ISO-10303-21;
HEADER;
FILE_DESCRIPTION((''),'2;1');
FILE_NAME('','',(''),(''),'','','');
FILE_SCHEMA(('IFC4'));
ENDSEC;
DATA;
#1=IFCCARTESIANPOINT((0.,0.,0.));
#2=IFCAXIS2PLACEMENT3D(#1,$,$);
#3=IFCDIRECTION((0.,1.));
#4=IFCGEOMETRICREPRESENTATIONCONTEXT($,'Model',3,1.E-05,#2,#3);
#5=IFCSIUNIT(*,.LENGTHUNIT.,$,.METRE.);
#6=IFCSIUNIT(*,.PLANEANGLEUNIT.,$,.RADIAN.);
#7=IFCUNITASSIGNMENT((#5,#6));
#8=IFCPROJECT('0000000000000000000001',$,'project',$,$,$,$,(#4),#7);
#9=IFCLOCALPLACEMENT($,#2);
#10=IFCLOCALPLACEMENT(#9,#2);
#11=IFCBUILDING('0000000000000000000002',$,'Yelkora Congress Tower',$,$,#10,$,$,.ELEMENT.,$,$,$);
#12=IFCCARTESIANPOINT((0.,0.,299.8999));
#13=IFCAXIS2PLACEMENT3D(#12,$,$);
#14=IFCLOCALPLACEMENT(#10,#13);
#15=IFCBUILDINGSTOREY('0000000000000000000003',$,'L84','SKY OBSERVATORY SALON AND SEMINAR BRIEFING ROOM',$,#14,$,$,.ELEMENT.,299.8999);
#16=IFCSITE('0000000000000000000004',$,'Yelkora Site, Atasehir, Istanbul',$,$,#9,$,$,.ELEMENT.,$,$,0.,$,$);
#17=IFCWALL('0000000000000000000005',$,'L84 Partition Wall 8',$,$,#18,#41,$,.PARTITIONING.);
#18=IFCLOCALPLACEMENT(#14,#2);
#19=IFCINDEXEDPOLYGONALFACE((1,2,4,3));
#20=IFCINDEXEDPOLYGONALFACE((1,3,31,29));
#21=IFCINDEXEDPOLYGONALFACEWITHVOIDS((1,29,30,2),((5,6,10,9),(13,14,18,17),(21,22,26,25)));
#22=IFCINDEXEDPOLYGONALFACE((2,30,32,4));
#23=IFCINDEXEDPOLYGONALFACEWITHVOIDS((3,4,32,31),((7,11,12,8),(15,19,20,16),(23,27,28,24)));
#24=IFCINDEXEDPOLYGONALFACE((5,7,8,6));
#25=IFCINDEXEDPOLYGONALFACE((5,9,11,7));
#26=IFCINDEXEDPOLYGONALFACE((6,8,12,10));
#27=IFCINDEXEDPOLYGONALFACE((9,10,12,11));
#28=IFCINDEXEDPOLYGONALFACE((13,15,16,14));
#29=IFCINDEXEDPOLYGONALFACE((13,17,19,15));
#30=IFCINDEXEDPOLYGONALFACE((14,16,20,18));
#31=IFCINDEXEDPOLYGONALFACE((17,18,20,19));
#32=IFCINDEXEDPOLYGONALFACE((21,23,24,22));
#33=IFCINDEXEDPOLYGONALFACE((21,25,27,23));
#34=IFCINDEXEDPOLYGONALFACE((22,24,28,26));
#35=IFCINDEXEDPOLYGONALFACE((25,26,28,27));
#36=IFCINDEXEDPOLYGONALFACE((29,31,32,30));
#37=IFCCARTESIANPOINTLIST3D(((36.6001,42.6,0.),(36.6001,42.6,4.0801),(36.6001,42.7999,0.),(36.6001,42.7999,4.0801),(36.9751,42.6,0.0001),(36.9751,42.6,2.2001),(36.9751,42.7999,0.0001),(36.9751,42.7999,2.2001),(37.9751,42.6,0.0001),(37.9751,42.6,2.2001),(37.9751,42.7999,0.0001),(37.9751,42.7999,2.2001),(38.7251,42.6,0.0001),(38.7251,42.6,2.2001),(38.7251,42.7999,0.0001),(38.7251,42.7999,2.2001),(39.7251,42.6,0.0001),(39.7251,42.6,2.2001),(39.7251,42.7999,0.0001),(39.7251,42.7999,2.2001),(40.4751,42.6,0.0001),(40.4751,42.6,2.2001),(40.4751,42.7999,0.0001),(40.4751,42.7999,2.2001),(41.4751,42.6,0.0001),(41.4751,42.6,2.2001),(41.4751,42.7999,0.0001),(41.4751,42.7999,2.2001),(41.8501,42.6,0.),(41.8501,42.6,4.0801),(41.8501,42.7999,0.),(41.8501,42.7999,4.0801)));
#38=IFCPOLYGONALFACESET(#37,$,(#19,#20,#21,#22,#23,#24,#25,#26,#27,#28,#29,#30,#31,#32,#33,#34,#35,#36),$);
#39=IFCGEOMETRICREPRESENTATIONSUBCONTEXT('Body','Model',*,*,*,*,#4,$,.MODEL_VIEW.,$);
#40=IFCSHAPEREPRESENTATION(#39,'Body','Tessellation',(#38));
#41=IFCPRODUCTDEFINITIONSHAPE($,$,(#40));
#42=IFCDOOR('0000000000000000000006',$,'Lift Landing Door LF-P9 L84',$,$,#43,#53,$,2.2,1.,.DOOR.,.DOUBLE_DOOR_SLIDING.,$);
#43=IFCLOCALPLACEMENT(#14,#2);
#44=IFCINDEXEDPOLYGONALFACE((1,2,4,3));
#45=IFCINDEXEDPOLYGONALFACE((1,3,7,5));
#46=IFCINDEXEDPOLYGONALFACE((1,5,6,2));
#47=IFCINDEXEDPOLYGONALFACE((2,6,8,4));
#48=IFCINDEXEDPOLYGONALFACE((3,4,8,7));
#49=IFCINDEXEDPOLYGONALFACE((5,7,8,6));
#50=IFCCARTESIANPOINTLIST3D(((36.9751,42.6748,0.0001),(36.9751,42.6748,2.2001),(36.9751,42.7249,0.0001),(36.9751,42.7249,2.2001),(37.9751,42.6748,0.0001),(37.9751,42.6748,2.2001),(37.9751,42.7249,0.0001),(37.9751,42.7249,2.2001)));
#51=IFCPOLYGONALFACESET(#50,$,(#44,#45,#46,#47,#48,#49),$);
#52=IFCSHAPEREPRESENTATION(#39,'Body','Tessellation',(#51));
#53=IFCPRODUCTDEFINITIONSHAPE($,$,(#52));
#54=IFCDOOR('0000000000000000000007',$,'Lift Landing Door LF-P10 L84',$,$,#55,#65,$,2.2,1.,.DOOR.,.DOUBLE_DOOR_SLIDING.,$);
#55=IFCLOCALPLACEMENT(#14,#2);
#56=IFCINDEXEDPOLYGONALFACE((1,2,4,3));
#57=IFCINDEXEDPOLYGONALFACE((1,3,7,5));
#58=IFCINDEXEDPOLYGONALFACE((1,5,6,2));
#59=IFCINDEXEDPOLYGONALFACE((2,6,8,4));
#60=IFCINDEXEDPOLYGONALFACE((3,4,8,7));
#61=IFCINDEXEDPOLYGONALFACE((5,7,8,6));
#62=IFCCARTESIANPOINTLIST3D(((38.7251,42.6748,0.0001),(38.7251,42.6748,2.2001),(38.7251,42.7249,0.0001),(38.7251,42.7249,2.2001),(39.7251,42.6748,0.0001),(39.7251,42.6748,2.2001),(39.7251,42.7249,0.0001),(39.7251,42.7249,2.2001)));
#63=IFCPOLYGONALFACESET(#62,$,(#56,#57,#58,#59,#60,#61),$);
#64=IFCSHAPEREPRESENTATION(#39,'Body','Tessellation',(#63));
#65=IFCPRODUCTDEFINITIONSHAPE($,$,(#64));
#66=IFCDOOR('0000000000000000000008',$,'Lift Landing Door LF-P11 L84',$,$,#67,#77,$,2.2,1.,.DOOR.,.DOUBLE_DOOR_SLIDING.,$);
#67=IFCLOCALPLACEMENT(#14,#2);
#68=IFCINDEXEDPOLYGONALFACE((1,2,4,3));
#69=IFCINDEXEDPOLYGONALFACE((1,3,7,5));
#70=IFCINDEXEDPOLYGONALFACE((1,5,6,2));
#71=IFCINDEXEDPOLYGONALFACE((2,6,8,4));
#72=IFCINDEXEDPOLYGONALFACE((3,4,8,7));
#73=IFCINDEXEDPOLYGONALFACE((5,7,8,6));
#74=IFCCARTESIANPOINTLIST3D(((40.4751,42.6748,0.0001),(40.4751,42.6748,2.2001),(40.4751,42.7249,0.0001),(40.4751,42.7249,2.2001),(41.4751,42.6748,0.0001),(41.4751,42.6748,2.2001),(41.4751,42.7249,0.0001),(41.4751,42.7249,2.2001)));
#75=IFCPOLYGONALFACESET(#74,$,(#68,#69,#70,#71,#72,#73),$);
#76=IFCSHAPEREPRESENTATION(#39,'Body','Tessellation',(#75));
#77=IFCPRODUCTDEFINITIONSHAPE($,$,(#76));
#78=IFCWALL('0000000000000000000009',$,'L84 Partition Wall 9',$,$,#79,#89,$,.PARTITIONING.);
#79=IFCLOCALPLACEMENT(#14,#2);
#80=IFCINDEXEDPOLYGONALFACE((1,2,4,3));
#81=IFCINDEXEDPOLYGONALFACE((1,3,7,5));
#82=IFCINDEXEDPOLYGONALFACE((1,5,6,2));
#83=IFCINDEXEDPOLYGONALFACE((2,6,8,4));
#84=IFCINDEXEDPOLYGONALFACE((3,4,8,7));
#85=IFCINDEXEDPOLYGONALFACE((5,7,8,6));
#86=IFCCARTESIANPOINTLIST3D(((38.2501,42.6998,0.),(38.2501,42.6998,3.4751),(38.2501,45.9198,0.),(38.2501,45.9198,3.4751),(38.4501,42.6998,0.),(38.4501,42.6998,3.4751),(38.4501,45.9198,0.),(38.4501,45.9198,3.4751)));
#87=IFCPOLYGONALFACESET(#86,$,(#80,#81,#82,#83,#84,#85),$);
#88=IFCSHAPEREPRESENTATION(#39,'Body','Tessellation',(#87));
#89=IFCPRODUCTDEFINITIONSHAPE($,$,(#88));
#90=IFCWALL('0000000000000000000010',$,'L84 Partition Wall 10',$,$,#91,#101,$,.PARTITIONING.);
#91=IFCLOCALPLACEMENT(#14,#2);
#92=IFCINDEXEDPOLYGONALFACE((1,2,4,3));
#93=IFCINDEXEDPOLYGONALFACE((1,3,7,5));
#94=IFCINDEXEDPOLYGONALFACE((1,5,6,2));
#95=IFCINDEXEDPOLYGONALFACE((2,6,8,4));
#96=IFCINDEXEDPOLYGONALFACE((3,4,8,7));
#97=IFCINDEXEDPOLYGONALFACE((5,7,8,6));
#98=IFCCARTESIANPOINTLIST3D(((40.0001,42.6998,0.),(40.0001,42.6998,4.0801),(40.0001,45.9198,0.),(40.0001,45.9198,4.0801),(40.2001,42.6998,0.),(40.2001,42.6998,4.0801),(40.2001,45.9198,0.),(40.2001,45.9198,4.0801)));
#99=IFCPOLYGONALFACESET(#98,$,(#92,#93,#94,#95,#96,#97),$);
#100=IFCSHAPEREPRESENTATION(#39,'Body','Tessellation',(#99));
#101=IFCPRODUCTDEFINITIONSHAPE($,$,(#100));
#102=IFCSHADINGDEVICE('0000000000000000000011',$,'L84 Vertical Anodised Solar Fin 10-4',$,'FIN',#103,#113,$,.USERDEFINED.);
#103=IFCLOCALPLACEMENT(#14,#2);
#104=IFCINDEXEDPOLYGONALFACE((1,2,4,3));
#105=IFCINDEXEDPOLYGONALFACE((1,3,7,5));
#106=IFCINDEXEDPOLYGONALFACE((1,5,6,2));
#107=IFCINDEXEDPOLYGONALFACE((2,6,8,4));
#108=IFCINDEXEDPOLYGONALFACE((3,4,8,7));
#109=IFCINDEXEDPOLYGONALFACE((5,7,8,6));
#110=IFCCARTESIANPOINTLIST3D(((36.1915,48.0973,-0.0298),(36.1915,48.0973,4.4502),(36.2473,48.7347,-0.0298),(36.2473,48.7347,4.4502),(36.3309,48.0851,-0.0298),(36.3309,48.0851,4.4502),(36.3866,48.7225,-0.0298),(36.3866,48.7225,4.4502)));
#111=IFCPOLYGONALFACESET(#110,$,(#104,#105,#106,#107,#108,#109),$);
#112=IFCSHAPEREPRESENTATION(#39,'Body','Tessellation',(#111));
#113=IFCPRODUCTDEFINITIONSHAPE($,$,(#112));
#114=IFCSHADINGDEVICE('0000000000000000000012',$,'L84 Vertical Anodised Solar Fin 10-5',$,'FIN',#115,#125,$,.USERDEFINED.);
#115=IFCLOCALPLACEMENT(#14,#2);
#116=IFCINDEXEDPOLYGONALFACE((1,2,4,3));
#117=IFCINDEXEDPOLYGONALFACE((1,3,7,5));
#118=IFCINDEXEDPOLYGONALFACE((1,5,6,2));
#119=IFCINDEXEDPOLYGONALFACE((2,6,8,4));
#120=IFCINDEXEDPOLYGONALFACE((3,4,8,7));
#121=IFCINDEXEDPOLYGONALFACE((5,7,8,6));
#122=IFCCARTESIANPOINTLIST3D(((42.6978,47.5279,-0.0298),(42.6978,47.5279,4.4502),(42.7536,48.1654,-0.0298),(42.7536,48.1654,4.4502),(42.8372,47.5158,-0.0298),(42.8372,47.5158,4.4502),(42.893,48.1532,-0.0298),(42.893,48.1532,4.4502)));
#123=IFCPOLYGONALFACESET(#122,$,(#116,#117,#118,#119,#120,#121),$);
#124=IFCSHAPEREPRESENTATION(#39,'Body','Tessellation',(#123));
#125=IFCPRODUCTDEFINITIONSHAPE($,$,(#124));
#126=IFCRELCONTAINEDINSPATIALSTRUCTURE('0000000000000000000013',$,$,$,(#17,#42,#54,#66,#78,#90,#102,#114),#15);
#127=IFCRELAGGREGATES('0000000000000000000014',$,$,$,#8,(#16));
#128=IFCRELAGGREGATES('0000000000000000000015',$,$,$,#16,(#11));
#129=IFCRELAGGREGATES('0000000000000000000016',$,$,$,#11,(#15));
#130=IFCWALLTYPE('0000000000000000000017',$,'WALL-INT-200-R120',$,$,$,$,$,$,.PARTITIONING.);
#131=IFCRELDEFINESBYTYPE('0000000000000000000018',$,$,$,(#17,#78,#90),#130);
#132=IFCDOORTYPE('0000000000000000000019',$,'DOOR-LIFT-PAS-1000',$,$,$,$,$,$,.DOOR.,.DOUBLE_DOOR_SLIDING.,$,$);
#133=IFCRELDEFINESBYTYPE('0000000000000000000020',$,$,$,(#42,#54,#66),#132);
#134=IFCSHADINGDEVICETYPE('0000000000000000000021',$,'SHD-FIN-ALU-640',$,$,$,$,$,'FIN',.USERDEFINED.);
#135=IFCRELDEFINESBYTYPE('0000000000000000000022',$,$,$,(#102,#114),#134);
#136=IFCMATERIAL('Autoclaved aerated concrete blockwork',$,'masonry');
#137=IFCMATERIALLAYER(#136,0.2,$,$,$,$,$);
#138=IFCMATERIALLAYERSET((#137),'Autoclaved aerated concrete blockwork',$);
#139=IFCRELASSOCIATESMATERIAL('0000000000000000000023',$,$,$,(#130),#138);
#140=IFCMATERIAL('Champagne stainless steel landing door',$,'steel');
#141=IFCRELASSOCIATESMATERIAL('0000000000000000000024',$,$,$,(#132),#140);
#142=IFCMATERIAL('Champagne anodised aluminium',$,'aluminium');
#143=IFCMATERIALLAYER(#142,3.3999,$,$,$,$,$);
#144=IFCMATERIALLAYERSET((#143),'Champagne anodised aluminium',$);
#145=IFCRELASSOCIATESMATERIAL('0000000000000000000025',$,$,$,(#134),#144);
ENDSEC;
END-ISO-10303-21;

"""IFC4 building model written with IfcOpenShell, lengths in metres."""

from ifc_helpers import new_model, si_unit, direction, frame, frame_2d, origin, origin_2d, place, context, subcontext, project, spatial, rectangle, extrude, material, layer, layer_set, type_object, element, fill, save


model = new_model("IFC4")

# Units and contexts
model_context = context("Model", 3, precision=1e-05, world=origin(), true_north=direction((0.0, 1.0)))
body_context = subcontext(model_context, "Body", "Model", "MODEL_VIEW")
ifc_project = project(units=[si_unit("LENGTHUNIT", "METRE"), si_unit("PLANEANGLEUNIT", "RADIAN")], contexts=[model_context])

# Site, building, storey
site_placement = place(None, origin())
site = spatial("IfcSite", under=ifc_project, at=site_placement, Name="Yelkora Site, Atasehir, Istanbul", CompositionType="ELEMENT", RefElevation=0.0)
building_placement = place(site_placement, origin())
building = spatial("IfcBuilding", under=site, at=building_placement, Name="Yelkora Congress Tower", CompositionType="ELEMENT")
storey_placement = place(building_placement, frame((0.0, 0.0, 299.8999)))
storey = spatial("IfcBuildingStorey", under=building, at=storey_placement, Name="L84", Description="SKY OBSERVATORY SALON AND SEMINAR BRIEFING ROOM", CompositionType="ELEMENT", Elevation=299.8999)

# Wall, openings, doors
ifc_material_1 = material(Name="Autoclaved aerated concrete blockwork", Category="masonry")
ifc_layer_1 = layer(ifc_material_1, 0.2)
ifc_layer_set_1 = layer_set([ifc_layer_1], Name="Autoclaved aerated concrete blockwork")
wall_type_1 = type_object("IfcWallType", Name="WALL-INT-200-R120", PredefinedType="PARTITIONING", material=ifc_layer_set_1)
wall_1_placement = place(storey_placement, frame((36.6001, 42.7, 0.0), z_axis=(0.0, 0.0, 1.0), x_axis=(1.0, 0.0, 0.0)))
wall_1 = element("IfcWall", 1, at=wall_1_placement, inside=storey, type_object=wall_type_1, Name="L84 Partition Wall 8", PredefinedType="PARTITIONING", context=body_context, shape_type="SweptSolid", body=[
    extrude(rectangle(XDim=5.25, YDim=0.2, at=frame_2d((2.625, 0.0))), origin(), (0.0, 0.0, 1.0), 4.0801),
])
opening_1_placement = place(wall_1_placement, frame((0.375, 0.0, 0.0)))
opening_1 = element("IfcOpeningElement", 2, at=opening_1_placement, cuts=wall_1, PredefinedType="OPENING", context=body_context, shape_type="SweptSolid", body=[
    extrude(rectangle(XDim=1.0, YDim=2.2, at=frame_2d((0.5, 1.1001))), frame((0.0, 0.1099, 0.0), z_axis=(0.0, -1.0, 0.0), x_axis=(1.0, 0.0, 0.0)), (0.0, 0.0, 1.0), 0.22),
])
opening_2_placement = place(wall_1_placement, frame((2.125, 0.0, 0.0)))
opening_2 = element("IfcOpeningElement", 3, at=opening_2_placement, cuts=wall_1, PredefinedType="OPENING", context=body_context, shape_type="SweptSolid", body=[
    extrude(rectangle(XDim=1.0, YDim=2.2, at=frame_2d((0.5, 1.1001))), frame((0.0, 0.1099, 0.0), z_axis=(0.0, -1.0, 0.0), x_axis=(1.0, 0.0, 0.0)), (0.0, 0.0, 1.0), 0.22),
])
opening_3_placement = place(wall_1_placement, frame((3.875, 0.0, 0.0)))
opening_3 = element("IfcOpeningElement", 4, at=opening_3_placement, cuts=wall_1, PredefinedType="OPENING", context=body_context, shape_type="SweptSolid", body=[
    extrude(rectangle(XDim=1.0, YDim=2.2, at=frame_2d((0.5, 1.1001))), frame((0.0, 0.1099, 0.0), z_axis=(0.0, -1.0, 0.0), x_axis=(1.0, 0.0, 0.0)), (0.0, 0.0, 1.0), 0.22),
])
ifc_material_2 = material(Name="Champagne stainless steel landing door", Category="steel")
door_type_1 = type_object("IfcDoorType", Name="DOOR-LIFT-PAS-1000", OperationType="DOUBLE_DOOR_SLIDING", PredefinedType="DOOR", material=ifc_material_2)
door_1_placement = place(opening_1_placement, origin())
door_1 = element("IfcDoor", 5, at=door_1_placement, inside=storey, type_object=door_type_1, Name="Lift Landing Door LF-P9 L84", OperationType="DOUBLE_DOOR_SLIDING", OverallHeight=2.2, OverallWidth=1.0, PredefinedType="DOOR", context=body_context, shape_type="SweptSolid", body=[
    extrude(rectangle(XDim=1.0, YDim=2.2, at=frame_2d((0.5, 1.1001))), frame((0.0, 0.0249, 0.0), z_axis=(0.0, -1.0, 0.0), x_axis=(1.0, 0.0, 0.0)), (0.0, 0.0, 1.0), 0.05),
])
fill(opening_1, door_1)
door_2_placement = place(opening_2_placement, origin())
door_2 = element("IfcDoor", 6, at=door_2_placement, inside=storey, type_object=door_type_1, Name="Lift Landing Door LF-P10 L84", OperationType="DOUBLE_DOOR_SLIDING", OverallHeight=2.2, OverallWidth=1.0, PredefinedType="DOOR", context=body_context, shape_type="SweptSolid", body=[
    extrude(rectangle(XDim=1.0, YDim=2.2, at=frame_2d((0.5, 1.1001))), frame((0.0, 0.0249, 0.0), z_axis=(0.0, -1.0, 0.0), x_axis=(1.0, 0.0, 0.0)), (0.0, 0.0, 1.0), 0.05),
])
fill(opening_2, door_2)
door_3_placement = place(opening_3_placement, origin())
door_3 = element("IfcDoor", 7, at=door_3_placement, inside=storey, type_object=door_type_1, Name="Lift Landing Door LF-P11 L84", OperationType="DOUBLE_DOOR_SLIDING", OverallHeight=2.2, OverallWidth=1.0, PredefinedType="DOOR", context=body_context, shape_type="SweptSolid", body=[
    extrude(rectangle(XDim=1.0, YDim=2.2, at=frame_2d((0.5, 1.1001))), frame((0.0, 0.0249, 0.0), z_axis=(0.0, -1.0, 0.0), x_axis=(1.0, 0.0, 0.0)), (0.0, 0.0, 1.0), 0.05),
])
fill(opening_3, door_3)

# Walls
wall_2_placement = place(storey_placement, frame((38.3501, 42.7, 0.0), z_axis=(0.0, 0.0, 1.0), x_axis=(0.0, 1.0, 0.0)))
element("IfcWall", 8, at=wall_2_placement, inside=storey, type_object=wall_type_1, Name="L84 Partition Wall 9", PredefinedType="PARTITIONING", context=body_context, shape_type="SweptSolid", body=[
    extrude(rectangle(XDim=3.22, YDim=0.2, at=frame_2d((1.6099, 0.0))), origin(), (0.0, 0.0, 1.0), 3.4751),
])
wall_3_placement = place(storey_placement, frame((40.1001, 42.7, 0.0), z_axis=(0.0, 0.0, 1.0), x_axis=(0.0, 1.0, 0.0)))
element("IfcWall", 9, at=wall_3_placement, inside=storey, type_object=wall_type_1, Name="L84 Partition Wall 10", PredefinedType="PARTITIONING", context=body_context, shape_type="SweptSolid", body=[
    extrude(rectangle(XDim=3.22, YDim=0.2, at=frame_2d((1.6099, 0.0))), origin(), (0.0, 0.0, 1.0), 4.0801),
])

# Shading devices
ifc_material_3 = material(Name="Champagne anodised aluminium", Category="aluminium")
ifc_layer_2 = layer(ifc_material_3, 3.3999)
ifc_layer_set_2 = layer_set([ifc_layer_2], Name="Champagne anodised aluminium")
shading_device_type = type_object("IfcShadingDeviceType", Name="SHD-FIN-ALU-640", ElementType="FIN", PredefinedType="USERDEFINED", material=ifc_layer_set_2)
for number, where, z_axis, x_axis, name in (
    (10, (36.2891, 48.4099, -0.0298), (0.0, 0.0, 1.0), (0.996195, -0.087156, 0.0), "L84 Vertical Anodised Solar Fin 10-4"),
    (11, (42.7954, 47.8406, -0.0298), (0.0, 0.0, 1.0), (0.996195, -0.087156, 0.0), "L84 Vertical Anodised Solar Fin 10-5"),
):
    element("IfcShadingDevice", number, at=place(storey_placement, frame(where, z_axis=z_axis, x_axis=x_axis)), inside=storey, type_object=shading_device_type, Name=name, ObjectType="FIN", PredefinedType="USERDEFINED", context=body_context, shape_type="SweptSolid", body=[
        extrude(rectangle(XDim=0.1399, YDim=0.6399, at=origin_2d()), origin(), (0.0, 0.0, 1.0), 4.48),
    ])

save(model, "model.ifc")
